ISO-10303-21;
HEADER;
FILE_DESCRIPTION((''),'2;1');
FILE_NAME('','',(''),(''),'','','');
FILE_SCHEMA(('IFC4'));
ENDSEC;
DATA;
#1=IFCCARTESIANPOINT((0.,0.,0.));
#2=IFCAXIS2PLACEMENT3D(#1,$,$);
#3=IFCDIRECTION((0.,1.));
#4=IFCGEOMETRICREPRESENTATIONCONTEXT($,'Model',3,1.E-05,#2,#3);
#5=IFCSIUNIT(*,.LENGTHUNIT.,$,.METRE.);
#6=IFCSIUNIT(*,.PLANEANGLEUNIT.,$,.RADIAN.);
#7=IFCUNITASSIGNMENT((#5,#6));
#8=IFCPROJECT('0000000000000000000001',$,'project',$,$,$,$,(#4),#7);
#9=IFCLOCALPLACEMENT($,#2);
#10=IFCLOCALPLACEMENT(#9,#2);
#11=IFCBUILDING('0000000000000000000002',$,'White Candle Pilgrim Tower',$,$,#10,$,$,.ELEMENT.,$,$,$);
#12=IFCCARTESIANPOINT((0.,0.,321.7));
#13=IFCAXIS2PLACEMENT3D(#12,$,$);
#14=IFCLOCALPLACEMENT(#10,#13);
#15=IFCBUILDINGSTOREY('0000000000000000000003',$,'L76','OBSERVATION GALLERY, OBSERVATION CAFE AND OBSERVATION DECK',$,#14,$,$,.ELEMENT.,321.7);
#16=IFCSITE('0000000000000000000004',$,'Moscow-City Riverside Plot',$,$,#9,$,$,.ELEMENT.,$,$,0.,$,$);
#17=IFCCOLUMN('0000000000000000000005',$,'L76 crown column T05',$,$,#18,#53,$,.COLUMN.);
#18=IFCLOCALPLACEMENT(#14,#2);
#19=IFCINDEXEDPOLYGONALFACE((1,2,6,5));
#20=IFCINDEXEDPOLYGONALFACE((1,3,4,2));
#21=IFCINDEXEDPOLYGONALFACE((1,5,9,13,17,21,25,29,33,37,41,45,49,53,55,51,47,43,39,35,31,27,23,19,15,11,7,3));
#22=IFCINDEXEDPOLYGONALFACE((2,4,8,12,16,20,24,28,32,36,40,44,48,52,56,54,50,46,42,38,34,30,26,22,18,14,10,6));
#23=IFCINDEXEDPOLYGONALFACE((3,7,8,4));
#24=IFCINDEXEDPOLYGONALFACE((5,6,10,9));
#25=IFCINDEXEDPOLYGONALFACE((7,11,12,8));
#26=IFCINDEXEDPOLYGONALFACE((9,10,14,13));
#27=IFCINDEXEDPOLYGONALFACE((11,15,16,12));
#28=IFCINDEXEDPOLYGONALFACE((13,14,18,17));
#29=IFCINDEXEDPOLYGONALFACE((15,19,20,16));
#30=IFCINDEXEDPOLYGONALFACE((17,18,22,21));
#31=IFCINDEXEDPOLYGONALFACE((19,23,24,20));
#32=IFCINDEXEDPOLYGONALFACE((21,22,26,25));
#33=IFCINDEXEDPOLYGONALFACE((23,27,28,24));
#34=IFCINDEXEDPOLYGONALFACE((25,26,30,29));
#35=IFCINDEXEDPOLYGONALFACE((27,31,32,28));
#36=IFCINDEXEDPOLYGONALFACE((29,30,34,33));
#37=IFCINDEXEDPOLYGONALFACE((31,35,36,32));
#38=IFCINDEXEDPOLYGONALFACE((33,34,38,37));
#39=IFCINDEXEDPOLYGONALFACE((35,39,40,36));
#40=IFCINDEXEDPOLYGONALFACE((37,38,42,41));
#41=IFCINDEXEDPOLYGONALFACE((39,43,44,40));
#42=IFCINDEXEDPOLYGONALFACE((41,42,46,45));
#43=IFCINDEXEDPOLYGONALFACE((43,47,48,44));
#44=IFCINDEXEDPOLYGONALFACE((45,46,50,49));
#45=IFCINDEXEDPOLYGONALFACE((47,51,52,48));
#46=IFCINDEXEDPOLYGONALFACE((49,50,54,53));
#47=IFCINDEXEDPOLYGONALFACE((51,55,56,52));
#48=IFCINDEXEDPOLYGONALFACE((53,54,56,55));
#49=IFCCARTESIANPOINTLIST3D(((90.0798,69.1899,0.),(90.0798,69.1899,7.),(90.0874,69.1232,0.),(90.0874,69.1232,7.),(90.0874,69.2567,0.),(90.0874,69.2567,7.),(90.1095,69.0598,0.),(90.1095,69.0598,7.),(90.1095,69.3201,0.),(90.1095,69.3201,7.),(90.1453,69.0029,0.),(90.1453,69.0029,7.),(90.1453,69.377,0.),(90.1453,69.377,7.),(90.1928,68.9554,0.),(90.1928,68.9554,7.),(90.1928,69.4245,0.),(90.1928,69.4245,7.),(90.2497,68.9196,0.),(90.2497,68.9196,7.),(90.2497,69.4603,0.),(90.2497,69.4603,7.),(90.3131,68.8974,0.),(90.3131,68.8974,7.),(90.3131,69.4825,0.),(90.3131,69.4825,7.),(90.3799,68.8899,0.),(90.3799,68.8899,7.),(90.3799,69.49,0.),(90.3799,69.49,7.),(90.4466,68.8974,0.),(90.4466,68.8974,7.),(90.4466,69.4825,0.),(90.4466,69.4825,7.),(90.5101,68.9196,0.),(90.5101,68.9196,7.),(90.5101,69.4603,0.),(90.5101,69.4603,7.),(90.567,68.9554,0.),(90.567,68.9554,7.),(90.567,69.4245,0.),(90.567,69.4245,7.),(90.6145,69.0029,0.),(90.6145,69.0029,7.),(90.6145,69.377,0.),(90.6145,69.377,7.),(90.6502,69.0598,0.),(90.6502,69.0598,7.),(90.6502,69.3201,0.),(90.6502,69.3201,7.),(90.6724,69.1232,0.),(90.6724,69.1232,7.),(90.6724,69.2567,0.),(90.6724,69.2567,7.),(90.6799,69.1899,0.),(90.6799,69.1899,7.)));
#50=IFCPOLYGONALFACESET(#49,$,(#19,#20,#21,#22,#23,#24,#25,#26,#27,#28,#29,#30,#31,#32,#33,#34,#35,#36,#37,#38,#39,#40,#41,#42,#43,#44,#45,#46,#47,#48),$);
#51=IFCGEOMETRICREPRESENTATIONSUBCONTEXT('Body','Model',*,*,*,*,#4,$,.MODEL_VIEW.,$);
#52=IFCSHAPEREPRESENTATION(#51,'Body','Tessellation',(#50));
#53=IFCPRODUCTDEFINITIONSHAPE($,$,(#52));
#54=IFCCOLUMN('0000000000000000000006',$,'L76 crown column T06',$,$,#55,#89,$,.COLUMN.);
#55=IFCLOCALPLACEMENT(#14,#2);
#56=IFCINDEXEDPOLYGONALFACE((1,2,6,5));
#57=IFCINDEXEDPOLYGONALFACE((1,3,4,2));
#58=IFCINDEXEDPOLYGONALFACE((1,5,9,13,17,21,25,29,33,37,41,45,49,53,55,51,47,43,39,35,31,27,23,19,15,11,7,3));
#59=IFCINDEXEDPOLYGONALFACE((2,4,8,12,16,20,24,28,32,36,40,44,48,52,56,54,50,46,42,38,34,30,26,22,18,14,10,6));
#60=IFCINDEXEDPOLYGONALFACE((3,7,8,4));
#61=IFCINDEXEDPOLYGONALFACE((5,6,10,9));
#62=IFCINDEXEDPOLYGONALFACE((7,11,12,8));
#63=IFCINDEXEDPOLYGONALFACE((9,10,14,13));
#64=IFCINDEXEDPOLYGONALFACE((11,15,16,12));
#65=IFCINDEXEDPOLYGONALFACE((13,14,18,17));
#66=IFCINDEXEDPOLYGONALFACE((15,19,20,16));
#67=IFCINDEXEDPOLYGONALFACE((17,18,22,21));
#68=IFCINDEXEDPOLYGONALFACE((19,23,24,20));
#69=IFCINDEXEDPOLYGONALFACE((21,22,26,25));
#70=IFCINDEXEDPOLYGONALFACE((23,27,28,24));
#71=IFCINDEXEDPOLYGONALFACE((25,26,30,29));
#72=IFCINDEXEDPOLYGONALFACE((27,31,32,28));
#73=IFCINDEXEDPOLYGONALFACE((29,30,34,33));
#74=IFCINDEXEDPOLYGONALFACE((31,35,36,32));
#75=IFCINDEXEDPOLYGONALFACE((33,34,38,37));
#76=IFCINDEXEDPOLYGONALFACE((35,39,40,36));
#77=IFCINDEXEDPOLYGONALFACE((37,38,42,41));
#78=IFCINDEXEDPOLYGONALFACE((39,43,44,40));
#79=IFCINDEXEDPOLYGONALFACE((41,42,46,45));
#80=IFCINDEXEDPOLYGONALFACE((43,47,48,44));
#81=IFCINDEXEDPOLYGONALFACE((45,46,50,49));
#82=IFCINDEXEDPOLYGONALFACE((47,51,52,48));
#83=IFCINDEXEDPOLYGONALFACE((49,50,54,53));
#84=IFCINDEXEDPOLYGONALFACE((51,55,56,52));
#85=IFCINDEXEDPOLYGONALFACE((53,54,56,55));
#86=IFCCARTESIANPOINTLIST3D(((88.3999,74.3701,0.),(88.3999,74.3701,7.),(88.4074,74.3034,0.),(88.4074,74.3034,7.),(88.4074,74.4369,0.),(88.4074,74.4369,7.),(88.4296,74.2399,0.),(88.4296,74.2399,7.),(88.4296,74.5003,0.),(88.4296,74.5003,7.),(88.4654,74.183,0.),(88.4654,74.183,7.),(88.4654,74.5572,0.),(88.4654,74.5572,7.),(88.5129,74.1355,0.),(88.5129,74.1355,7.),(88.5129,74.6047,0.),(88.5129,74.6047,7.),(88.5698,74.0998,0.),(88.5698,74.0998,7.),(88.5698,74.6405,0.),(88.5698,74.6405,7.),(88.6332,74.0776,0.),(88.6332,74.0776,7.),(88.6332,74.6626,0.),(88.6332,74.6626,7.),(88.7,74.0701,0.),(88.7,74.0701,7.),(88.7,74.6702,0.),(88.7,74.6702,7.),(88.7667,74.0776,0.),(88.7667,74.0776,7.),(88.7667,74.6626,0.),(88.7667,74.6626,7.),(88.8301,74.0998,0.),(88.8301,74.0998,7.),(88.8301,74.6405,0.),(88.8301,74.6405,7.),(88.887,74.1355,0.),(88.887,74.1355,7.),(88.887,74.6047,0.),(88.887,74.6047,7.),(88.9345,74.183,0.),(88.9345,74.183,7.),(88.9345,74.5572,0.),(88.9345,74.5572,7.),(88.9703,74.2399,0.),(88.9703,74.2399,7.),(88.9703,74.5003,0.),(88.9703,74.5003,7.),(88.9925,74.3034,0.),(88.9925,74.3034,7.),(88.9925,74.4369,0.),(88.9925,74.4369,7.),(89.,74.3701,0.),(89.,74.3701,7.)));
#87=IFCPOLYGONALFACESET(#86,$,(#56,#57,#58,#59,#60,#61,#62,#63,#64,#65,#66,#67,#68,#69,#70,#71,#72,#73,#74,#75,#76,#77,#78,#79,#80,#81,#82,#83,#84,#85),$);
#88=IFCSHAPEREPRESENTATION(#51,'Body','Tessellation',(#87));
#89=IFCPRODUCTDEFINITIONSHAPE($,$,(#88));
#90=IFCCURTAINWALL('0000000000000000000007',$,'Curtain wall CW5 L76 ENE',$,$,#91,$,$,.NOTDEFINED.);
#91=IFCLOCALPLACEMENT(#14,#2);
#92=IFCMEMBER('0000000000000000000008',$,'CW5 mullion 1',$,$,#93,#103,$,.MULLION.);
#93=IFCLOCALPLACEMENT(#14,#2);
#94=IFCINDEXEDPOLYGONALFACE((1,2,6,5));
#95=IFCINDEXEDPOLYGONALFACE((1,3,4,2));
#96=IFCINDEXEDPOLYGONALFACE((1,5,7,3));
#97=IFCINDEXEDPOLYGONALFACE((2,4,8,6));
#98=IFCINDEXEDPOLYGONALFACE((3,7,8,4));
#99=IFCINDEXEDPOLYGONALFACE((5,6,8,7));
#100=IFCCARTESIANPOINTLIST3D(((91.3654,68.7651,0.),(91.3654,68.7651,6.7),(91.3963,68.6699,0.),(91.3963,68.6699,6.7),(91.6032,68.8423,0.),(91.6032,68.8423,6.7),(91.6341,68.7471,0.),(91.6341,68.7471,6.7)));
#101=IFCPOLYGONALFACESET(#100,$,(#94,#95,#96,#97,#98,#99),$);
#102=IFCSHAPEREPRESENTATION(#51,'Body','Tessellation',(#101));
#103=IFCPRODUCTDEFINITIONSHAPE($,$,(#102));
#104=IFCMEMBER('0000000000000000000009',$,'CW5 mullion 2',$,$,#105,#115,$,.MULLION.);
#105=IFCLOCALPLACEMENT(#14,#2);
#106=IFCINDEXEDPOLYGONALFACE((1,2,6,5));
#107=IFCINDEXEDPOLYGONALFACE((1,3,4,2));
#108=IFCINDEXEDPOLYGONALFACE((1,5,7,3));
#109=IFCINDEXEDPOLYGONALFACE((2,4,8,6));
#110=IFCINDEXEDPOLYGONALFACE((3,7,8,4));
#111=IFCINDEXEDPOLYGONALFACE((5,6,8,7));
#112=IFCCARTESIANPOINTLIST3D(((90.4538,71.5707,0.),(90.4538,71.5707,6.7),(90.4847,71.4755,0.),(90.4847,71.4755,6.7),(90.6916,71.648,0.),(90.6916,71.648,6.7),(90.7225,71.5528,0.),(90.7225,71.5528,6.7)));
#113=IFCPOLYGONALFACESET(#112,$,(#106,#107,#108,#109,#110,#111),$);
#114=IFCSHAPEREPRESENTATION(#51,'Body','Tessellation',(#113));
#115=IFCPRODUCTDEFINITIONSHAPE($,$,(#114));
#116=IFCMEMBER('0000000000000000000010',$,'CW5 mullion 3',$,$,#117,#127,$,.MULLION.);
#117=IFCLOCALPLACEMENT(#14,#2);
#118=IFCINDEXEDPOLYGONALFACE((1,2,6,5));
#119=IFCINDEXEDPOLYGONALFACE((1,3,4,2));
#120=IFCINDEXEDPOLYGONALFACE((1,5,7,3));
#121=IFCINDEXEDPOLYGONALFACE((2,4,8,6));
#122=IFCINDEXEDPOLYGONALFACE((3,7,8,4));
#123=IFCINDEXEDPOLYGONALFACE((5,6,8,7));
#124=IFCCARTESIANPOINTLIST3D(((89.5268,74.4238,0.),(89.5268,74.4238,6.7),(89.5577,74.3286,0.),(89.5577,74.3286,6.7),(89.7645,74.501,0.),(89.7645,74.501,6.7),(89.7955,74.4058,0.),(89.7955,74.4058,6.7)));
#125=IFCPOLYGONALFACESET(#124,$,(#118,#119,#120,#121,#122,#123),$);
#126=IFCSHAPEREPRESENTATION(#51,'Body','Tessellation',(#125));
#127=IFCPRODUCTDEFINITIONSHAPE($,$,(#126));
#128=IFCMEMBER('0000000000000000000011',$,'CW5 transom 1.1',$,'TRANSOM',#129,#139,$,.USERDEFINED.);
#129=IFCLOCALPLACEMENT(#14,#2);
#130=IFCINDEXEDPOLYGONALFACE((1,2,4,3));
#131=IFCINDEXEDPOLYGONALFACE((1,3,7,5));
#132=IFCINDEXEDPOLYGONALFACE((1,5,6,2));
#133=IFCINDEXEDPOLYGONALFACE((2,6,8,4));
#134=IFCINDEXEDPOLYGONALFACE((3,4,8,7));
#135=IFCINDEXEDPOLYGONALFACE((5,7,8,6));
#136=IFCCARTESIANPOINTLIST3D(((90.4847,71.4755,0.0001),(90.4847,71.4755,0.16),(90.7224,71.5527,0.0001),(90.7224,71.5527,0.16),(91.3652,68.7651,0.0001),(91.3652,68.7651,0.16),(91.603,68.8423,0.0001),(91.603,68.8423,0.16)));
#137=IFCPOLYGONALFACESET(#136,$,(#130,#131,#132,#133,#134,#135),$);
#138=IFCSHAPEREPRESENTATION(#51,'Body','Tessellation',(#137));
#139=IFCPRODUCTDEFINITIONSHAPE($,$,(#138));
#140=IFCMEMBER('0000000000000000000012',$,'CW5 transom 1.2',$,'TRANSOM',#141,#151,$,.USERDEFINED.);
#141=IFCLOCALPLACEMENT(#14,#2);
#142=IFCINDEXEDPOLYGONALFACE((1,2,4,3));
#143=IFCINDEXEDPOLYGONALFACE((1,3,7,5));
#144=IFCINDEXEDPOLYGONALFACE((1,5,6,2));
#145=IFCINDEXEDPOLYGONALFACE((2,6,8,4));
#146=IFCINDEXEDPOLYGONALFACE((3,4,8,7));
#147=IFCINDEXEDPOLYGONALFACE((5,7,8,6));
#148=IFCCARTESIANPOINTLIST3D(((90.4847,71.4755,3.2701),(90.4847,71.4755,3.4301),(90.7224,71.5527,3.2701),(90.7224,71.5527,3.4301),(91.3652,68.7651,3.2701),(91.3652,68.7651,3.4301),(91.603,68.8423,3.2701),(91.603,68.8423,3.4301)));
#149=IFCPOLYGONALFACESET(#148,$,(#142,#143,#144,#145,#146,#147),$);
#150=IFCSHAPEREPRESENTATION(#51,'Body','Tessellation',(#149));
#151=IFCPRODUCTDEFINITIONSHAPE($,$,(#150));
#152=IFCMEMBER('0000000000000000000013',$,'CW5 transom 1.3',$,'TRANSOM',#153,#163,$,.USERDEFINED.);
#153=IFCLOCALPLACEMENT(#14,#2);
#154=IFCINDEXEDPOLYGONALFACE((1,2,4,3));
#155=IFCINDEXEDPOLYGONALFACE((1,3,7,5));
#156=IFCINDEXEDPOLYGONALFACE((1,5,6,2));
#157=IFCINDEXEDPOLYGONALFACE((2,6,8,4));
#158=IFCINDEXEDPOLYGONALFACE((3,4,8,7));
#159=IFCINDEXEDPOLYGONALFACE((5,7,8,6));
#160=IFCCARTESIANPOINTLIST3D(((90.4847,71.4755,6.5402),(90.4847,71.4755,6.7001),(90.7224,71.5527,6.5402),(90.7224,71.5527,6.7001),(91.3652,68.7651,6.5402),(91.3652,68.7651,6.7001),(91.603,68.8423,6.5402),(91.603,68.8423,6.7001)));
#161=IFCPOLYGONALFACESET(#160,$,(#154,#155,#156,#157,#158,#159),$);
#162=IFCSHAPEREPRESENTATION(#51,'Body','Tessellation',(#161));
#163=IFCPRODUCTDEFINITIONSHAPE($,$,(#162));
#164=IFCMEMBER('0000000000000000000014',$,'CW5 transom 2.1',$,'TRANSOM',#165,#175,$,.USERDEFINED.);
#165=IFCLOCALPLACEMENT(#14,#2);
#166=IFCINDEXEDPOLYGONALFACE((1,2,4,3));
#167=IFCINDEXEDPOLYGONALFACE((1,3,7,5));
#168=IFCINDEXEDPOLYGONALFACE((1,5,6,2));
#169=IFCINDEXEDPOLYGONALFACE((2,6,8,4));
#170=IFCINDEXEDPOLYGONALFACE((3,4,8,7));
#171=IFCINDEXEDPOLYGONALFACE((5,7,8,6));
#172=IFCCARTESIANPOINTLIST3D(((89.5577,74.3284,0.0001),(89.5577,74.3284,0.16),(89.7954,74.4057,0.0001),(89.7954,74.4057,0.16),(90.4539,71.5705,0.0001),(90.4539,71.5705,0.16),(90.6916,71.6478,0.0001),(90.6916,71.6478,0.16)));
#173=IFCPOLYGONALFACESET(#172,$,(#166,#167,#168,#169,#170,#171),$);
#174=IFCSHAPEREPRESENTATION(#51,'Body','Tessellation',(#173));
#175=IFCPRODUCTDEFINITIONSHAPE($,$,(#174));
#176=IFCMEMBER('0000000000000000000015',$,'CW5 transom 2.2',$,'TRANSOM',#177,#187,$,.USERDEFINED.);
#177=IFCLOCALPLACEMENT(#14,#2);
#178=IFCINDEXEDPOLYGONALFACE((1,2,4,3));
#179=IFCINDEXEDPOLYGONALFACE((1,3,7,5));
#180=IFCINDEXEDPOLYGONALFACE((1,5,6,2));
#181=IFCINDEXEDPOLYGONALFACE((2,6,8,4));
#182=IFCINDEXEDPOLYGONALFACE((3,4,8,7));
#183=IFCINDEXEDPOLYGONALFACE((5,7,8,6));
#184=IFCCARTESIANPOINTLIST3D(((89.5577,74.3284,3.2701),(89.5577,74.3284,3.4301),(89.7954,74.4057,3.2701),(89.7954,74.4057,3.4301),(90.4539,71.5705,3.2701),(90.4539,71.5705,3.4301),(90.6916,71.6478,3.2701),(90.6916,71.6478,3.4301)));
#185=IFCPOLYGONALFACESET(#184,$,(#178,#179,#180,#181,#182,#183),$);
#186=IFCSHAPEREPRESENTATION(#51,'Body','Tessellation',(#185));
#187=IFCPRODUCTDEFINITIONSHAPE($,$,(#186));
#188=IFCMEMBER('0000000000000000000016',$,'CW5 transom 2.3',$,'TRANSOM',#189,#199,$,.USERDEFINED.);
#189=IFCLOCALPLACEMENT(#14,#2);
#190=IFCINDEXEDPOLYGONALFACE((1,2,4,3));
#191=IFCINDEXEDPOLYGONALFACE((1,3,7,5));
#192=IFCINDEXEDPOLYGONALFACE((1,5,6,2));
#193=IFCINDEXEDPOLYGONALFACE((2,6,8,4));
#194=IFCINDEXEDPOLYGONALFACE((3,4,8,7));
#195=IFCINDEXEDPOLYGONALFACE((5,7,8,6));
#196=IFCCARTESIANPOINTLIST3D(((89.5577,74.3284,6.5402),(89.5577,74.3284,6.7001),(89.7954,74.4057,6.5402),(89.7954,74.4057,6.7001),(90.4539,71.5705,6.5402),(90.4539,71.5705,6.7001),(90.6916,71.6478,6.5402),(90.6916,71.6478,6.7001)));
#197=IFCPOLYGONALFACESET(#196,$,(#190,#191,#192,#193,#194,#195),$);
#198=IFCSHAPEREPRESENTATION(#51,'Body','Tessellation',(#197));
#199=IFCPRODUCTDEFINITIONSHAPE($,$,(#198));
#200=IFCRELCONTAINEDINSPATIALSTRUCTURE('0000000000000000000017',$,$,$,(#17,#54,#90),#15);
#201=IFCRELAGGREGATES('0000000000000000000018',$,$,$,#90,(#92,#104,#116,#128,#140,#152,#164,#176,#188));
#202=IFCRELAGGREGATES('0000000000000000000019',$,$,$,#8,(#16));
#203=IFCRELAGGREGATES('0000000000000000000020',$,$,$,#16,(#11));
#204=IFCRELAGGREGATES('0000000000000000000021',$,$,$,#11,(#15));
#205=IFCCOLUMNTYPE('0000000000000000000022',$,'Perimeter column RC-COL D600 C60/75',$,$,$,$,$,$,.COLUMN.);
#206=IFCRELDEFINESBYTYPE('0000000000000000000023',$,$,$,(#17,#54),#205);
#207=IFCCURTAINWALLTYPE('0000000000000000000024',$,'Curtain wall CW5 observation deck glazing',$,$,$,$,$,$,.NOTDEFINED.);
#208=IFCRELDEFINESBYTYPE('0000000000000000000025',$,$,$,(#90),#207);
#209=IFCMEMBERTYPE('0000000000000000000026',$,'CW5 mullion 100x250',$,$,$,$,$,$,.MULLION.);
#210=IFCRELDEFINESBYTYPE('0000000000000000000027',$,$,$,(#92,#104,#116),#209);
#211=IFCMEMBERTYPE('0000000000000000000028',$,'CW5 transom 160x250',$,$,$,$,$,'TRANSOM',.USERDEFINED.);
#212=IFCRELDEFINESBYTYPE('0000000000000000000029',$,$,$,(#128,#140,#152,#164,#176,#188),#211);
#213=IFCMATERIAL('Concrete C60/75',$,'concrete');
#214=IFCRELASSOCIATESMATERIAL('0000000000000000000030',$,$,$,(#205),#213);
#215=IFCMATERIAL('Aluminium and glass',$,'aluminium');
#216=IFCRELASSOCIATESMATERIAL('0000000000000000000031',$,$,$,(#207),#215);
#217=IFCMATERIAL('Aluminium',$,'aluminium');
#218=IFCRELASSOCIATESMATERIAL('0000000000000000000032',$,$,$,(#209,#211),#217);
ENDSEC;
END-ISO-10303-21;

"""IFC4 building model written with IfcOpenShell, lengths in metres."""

from ifc_helpers import new_model, si_unit, direction, frame, origin, origin_2d, place, context, subcontext, project, spatial, rectangle, circle, extrude, material, material_profile, profile_set, type_object, element, aggregate, save


model = new_model("IFC4")

# Units and contexts
model_context = context("Model", 3, precision=1e-05, world=origin(), true_north=direction((0.0, 1.0)))
body_context = subcontext(model_context, "Body", "Model", "MODEL_VIEW")
ifc_project = project(units=[si_unit("LENGTHUNIT", "METRE"), si_unit("PLANEANGLEUNIT", "RADIAN")], contexts=[model_context])

# Site, building, storey
site_placement = place(None, origin())
site = spatial("IfcSite", under=ifc_project, at=site_placement, Name="Moscow-City Riverside Plot", CompositionType="ELEMENT", RefElevation=0.0)
building_placement = place(site_placement, origin())
building = spatial("IfcBuilding", under=site, at=building_placement, Name="White Candle Pilgrim Tower", CompositionType="ELEMENT")
storey_placement = place(building_placement, frame((0.0, 0.0, 321.7)))
storey = spatial("IfcBuildingStorey", under=building, at=storey_placement, Name="L76", Description="OBSERVATION GALLERY, OBSERVATION CAFE AND OBSERVATION DECK", CompositionType="ELEMENT", Elevation=321.7)

# Columns
ifc_material_1 = material(Name="Concrete C60/75", Category="concrete")
ifc_material_profile_1 = material_profile(ifc_material_1, circle(Radius=0.3, at=origin_2d()), Name="RC-COL D600")
ifc_profile_set_1 = profile_set([ifc_material_profile_1], Name="Concrete C60/75")
column_type = type_object("IfcColumnType", Name="Perimeter column RC-COL D600 C60/75", PredefinedType="COLUMN", material=ifc_profile_set_1)
for number, where, z_axis, x_axis, name in (
    (1, (90.3799, 69.1899, 0.0), (0.0, 0.0, 1.0), (1.0, 0.0, 0.0), "L76 crown column T05"),
    (2, (88.7, 74.3701, 0.0), (0.0, 0.0, 1.0), (1.0, 0.0, 0.0), "L76 crown column T06"),
):
    element("IfcColumn", number, at=place(storey_placement, frame(where, z_axis=z_axis, x_axis=x_axis)), inside=storey, type_object=column_type, Name=name, PredefinedType="COLUMN", context=body_context, shape_type="SweptSolid", body=[
        extrude(circle(Radius=0.3, at=origin_2d()), origin(), (0.0, 0.0, 1.0), 7.0),
    ])

# Curtain wall, members
ifc_material_2 = material(Name="Aluminium and glass", Category="aluminium")
curtain_wall_type = type_object("IfcCurtainWallType", Name="Curtain wall CW5 observation deck glazing", PredefinedType="NOTDEFINED", material=ifc_material_2)
curtain_wall_placement = place(storey_placement, origin())
curtain_wall = element("IfcCurtainWall", 3, at=curtain_wall_placement, inside=storey, type_object=curtain_wall_type, Name="Curtain wall CW5 L76 ENE", PredefinedType="NOTDEFINED")
ifc_material_3 = material(Name="Aluminium", Category="aluminium")
ifc_material_profile_2 = material_profile(ifc_material_3, rectangle(XDim=0.25, YDim=0.1001, at=origin_2d()), Name="CW5 mullion 100x250")
ifc_profile_set_2 = profile_set([ifc_material_profile_2], Name="Aluminium")
member_type_1 = type_object("IfcMemberType", Name="CW5 mullion 100x250", PredefinedType="MULLION", material=ifc_profile_set_2)
member_1_placement = place(storey_placement, frame((91.4998, 68.7561, 0.0), z_axis=(0.0, 0.0, 1.0), x_axis=(-0.951057, -0.309017, 0.0)))
member_1 = element("IfcMember", 4, at=member_1_placement, type_object=member_type_1, Name="CW5 mullion 1", PredefinedType="MULLION", context=body_context, shape_type="SweptSolid", body=[
    extrude(rectangle(XDim=0.25, YDim=0.1001, at=origin_2d()), origin(), (0.0, 0.0, 1.0), 6.7),
])
member_2_placement = place(storey_placement, frame((90.5881, 71.5618, 0.0), z_axis=(0.0, 0.0, 1.0), x_axis=(-0.951057, -0.309017, 0.0)))
member_2 = element("IfcMember", 5, at=member_2_placement, type_object=member_type_1, Name="CW5 mullion 2", PredefinedType="MULLION", context=body_context, shape_type="SweptSolid", body=[
    extrude(rectangle(XDim=0.25, YDim=0.1001, at=origin_2d()), origin(), (0.0, 0.0, 1.0), 6.7),
])
member_3_placement = place(storey_placement, frame((89.6611, 74.4148, 0.0), z_axis=(0.0, 0.0, 1.0), x_axis=(-0.951057, -0.309017, 0.0)))
member_3 = element("IfcMember", 6, at=member_3_placement, type_object=member_type_1, Name="CW5 mullion 3", PredefinedType="MULLION", context=body_context, shape_type="SweptSolid", body=[
    extrude(rectangle(XDim=0.25, YDim=0.1001, at=origin_2d()), origin(), (0.0, 0.0, 1.0), 6.7),
])
ifc_material_profile_3 = material_profile(ifc_material_3, rectangle(XDim=0.25, YDim=0.1599, at=origin_2d()), Name="CW5 transom 160x250")
ifc_profile_set_3 = profile_set([ifc_material_profile_3], Name="Aluminium")
member_type_2 = type_object("IfcMemberType", Name="CW5 transom 160x250", ElementType="TRANSOM", PredefinedType="USERDEFINED", material=ifc_profile_set_3)
member_4_placement = place(storey_placement, frame((91.4841, 68.8037, 0.0801), z_axis=(-0.308997, 0.951063, 0.0), x_axis=(-0.951063, -0.308997, 0.0)))
member_4 = element("IfcMember", 7, at=member_4_placement, type_object=member_type_2, Name="CW5 transom 1.1", ObjectType="TRANSOM", PredefinedType="USERDEFINED", context=body_context, shape_type="SweptSolid", body=[
    extrude(rectangle(XDim=0.25, YDim=0.1599, at=origin_2d()), origin(), (0.0, 0.0, 1.0), 2.8499),
])
member_5_placement = place(storey_placement, frame((91.4841, 68.8037, 3.3501), z_axis=(-0.308997, 0.951063, 0.0), x_axis=(-0.951063, -0.308997, 0.0)))
member_5 = element("IfcMember", 8, at=member_5_placement, type_object=member_type_2, Name="CW5 transom 1.2", ObjectType="TRANSOM", PredefinedType="USERDEFINED", context=body_context, shape_type="SweptSolid", body=[
    extrude(rectangle(XDim=0.25, YDim=0.1599, at=origin_2d()), origin(), (0.0, 0.0, 1.0), 2.8499),
])
member_6_placement = place(storey_placement, frame((91.4841, 68.8037, 6.6201), z_axis=(-0.308997, 0.951063, 0.0), x_axis=(-0.951063, -0.308997, 0.0)))
member_6 = element("IfcMember", 9, at=member_6_placement, type_object=member_type_2, Name="CW5 transom 1.3", ObjectType="TRANSOM", PredefinedType="USERDEFINED", context=body_context, shape_type="SweptSolid", body=[
    extrude(rectangle(XDim=0.25, YDim=0.1599, at=origin_2d()), origin(), (0.0, 0.0, 1.0), 2.8499),
])
member_7_placement = place(storey_placement, frame((90.5728, 71.6091, 0.0801), z_axis=(-0.309046, 0.951047, 0.0), x_axis=(-0.951047, -0.309046, 0.0)))
member_7 = element("IfcMember", 10, at=member_7_placement, type_object=member_type_2, Name="CW5 transom 2.1", ObjectType="TRANSOM", PredefinedType="USERDEFINED", context=body_context, shape_type="SweptSolid", body=[
    extrude(rectangle(XDim=0.25, YDim=0.1599, at=origin_2d()), origin(), (0.0, 0.0, 1.0), 2.8999),
])
member_8_placement = place(storey_placement, frame((90.5728, 71.6091, 3.3501), z_axis=(-0.309046, 0.951047, 0.0), x_axis=(-0.951047, -0.309046, 0.0)))
member_8 = element("IfcMember", 11, at=member_8_placement, type_object=member_type_2, Name="CW5 transom 2.2", ObjectType="TRANSOM", PredefinedType="USERDEFINED", context=body_context, shape_type="SweptSolid", body=[
    extrude(rectangle(XDim=0.25, YDim=0.1599, at=origin_2d()), origin(), (0.0, 0.0, 1.0), 2.8999),
])
member_9_placement = place(storey_placement, frame((90.5728, 71.6091, 6.6201), z_axis=(-0.309046, 0.951047, 0.0), x_axis=(-0.951047, -0.309046, 0.0)))
member_9 = element("IfcMember", 12, at=member_9_placement, type_object=member_type_2, Name="CW5 transom 2.3", ObjectType="TRANSOM", PredefinedType="USERDEFINED", context=body_context, shape_type="SweptSolid", body=[
    extrude(rectangle(XDim=0.25, YDim=0.1599, at=origin_2d()), origin(), (0.0, 0.0, 1.0), 2.8999),
])

aggregate(curtain_wall, [member_1, member_2, member_3, member_4, member_5, member_6, member_7, member_8, member_9])

save(model, "model.ifc")
